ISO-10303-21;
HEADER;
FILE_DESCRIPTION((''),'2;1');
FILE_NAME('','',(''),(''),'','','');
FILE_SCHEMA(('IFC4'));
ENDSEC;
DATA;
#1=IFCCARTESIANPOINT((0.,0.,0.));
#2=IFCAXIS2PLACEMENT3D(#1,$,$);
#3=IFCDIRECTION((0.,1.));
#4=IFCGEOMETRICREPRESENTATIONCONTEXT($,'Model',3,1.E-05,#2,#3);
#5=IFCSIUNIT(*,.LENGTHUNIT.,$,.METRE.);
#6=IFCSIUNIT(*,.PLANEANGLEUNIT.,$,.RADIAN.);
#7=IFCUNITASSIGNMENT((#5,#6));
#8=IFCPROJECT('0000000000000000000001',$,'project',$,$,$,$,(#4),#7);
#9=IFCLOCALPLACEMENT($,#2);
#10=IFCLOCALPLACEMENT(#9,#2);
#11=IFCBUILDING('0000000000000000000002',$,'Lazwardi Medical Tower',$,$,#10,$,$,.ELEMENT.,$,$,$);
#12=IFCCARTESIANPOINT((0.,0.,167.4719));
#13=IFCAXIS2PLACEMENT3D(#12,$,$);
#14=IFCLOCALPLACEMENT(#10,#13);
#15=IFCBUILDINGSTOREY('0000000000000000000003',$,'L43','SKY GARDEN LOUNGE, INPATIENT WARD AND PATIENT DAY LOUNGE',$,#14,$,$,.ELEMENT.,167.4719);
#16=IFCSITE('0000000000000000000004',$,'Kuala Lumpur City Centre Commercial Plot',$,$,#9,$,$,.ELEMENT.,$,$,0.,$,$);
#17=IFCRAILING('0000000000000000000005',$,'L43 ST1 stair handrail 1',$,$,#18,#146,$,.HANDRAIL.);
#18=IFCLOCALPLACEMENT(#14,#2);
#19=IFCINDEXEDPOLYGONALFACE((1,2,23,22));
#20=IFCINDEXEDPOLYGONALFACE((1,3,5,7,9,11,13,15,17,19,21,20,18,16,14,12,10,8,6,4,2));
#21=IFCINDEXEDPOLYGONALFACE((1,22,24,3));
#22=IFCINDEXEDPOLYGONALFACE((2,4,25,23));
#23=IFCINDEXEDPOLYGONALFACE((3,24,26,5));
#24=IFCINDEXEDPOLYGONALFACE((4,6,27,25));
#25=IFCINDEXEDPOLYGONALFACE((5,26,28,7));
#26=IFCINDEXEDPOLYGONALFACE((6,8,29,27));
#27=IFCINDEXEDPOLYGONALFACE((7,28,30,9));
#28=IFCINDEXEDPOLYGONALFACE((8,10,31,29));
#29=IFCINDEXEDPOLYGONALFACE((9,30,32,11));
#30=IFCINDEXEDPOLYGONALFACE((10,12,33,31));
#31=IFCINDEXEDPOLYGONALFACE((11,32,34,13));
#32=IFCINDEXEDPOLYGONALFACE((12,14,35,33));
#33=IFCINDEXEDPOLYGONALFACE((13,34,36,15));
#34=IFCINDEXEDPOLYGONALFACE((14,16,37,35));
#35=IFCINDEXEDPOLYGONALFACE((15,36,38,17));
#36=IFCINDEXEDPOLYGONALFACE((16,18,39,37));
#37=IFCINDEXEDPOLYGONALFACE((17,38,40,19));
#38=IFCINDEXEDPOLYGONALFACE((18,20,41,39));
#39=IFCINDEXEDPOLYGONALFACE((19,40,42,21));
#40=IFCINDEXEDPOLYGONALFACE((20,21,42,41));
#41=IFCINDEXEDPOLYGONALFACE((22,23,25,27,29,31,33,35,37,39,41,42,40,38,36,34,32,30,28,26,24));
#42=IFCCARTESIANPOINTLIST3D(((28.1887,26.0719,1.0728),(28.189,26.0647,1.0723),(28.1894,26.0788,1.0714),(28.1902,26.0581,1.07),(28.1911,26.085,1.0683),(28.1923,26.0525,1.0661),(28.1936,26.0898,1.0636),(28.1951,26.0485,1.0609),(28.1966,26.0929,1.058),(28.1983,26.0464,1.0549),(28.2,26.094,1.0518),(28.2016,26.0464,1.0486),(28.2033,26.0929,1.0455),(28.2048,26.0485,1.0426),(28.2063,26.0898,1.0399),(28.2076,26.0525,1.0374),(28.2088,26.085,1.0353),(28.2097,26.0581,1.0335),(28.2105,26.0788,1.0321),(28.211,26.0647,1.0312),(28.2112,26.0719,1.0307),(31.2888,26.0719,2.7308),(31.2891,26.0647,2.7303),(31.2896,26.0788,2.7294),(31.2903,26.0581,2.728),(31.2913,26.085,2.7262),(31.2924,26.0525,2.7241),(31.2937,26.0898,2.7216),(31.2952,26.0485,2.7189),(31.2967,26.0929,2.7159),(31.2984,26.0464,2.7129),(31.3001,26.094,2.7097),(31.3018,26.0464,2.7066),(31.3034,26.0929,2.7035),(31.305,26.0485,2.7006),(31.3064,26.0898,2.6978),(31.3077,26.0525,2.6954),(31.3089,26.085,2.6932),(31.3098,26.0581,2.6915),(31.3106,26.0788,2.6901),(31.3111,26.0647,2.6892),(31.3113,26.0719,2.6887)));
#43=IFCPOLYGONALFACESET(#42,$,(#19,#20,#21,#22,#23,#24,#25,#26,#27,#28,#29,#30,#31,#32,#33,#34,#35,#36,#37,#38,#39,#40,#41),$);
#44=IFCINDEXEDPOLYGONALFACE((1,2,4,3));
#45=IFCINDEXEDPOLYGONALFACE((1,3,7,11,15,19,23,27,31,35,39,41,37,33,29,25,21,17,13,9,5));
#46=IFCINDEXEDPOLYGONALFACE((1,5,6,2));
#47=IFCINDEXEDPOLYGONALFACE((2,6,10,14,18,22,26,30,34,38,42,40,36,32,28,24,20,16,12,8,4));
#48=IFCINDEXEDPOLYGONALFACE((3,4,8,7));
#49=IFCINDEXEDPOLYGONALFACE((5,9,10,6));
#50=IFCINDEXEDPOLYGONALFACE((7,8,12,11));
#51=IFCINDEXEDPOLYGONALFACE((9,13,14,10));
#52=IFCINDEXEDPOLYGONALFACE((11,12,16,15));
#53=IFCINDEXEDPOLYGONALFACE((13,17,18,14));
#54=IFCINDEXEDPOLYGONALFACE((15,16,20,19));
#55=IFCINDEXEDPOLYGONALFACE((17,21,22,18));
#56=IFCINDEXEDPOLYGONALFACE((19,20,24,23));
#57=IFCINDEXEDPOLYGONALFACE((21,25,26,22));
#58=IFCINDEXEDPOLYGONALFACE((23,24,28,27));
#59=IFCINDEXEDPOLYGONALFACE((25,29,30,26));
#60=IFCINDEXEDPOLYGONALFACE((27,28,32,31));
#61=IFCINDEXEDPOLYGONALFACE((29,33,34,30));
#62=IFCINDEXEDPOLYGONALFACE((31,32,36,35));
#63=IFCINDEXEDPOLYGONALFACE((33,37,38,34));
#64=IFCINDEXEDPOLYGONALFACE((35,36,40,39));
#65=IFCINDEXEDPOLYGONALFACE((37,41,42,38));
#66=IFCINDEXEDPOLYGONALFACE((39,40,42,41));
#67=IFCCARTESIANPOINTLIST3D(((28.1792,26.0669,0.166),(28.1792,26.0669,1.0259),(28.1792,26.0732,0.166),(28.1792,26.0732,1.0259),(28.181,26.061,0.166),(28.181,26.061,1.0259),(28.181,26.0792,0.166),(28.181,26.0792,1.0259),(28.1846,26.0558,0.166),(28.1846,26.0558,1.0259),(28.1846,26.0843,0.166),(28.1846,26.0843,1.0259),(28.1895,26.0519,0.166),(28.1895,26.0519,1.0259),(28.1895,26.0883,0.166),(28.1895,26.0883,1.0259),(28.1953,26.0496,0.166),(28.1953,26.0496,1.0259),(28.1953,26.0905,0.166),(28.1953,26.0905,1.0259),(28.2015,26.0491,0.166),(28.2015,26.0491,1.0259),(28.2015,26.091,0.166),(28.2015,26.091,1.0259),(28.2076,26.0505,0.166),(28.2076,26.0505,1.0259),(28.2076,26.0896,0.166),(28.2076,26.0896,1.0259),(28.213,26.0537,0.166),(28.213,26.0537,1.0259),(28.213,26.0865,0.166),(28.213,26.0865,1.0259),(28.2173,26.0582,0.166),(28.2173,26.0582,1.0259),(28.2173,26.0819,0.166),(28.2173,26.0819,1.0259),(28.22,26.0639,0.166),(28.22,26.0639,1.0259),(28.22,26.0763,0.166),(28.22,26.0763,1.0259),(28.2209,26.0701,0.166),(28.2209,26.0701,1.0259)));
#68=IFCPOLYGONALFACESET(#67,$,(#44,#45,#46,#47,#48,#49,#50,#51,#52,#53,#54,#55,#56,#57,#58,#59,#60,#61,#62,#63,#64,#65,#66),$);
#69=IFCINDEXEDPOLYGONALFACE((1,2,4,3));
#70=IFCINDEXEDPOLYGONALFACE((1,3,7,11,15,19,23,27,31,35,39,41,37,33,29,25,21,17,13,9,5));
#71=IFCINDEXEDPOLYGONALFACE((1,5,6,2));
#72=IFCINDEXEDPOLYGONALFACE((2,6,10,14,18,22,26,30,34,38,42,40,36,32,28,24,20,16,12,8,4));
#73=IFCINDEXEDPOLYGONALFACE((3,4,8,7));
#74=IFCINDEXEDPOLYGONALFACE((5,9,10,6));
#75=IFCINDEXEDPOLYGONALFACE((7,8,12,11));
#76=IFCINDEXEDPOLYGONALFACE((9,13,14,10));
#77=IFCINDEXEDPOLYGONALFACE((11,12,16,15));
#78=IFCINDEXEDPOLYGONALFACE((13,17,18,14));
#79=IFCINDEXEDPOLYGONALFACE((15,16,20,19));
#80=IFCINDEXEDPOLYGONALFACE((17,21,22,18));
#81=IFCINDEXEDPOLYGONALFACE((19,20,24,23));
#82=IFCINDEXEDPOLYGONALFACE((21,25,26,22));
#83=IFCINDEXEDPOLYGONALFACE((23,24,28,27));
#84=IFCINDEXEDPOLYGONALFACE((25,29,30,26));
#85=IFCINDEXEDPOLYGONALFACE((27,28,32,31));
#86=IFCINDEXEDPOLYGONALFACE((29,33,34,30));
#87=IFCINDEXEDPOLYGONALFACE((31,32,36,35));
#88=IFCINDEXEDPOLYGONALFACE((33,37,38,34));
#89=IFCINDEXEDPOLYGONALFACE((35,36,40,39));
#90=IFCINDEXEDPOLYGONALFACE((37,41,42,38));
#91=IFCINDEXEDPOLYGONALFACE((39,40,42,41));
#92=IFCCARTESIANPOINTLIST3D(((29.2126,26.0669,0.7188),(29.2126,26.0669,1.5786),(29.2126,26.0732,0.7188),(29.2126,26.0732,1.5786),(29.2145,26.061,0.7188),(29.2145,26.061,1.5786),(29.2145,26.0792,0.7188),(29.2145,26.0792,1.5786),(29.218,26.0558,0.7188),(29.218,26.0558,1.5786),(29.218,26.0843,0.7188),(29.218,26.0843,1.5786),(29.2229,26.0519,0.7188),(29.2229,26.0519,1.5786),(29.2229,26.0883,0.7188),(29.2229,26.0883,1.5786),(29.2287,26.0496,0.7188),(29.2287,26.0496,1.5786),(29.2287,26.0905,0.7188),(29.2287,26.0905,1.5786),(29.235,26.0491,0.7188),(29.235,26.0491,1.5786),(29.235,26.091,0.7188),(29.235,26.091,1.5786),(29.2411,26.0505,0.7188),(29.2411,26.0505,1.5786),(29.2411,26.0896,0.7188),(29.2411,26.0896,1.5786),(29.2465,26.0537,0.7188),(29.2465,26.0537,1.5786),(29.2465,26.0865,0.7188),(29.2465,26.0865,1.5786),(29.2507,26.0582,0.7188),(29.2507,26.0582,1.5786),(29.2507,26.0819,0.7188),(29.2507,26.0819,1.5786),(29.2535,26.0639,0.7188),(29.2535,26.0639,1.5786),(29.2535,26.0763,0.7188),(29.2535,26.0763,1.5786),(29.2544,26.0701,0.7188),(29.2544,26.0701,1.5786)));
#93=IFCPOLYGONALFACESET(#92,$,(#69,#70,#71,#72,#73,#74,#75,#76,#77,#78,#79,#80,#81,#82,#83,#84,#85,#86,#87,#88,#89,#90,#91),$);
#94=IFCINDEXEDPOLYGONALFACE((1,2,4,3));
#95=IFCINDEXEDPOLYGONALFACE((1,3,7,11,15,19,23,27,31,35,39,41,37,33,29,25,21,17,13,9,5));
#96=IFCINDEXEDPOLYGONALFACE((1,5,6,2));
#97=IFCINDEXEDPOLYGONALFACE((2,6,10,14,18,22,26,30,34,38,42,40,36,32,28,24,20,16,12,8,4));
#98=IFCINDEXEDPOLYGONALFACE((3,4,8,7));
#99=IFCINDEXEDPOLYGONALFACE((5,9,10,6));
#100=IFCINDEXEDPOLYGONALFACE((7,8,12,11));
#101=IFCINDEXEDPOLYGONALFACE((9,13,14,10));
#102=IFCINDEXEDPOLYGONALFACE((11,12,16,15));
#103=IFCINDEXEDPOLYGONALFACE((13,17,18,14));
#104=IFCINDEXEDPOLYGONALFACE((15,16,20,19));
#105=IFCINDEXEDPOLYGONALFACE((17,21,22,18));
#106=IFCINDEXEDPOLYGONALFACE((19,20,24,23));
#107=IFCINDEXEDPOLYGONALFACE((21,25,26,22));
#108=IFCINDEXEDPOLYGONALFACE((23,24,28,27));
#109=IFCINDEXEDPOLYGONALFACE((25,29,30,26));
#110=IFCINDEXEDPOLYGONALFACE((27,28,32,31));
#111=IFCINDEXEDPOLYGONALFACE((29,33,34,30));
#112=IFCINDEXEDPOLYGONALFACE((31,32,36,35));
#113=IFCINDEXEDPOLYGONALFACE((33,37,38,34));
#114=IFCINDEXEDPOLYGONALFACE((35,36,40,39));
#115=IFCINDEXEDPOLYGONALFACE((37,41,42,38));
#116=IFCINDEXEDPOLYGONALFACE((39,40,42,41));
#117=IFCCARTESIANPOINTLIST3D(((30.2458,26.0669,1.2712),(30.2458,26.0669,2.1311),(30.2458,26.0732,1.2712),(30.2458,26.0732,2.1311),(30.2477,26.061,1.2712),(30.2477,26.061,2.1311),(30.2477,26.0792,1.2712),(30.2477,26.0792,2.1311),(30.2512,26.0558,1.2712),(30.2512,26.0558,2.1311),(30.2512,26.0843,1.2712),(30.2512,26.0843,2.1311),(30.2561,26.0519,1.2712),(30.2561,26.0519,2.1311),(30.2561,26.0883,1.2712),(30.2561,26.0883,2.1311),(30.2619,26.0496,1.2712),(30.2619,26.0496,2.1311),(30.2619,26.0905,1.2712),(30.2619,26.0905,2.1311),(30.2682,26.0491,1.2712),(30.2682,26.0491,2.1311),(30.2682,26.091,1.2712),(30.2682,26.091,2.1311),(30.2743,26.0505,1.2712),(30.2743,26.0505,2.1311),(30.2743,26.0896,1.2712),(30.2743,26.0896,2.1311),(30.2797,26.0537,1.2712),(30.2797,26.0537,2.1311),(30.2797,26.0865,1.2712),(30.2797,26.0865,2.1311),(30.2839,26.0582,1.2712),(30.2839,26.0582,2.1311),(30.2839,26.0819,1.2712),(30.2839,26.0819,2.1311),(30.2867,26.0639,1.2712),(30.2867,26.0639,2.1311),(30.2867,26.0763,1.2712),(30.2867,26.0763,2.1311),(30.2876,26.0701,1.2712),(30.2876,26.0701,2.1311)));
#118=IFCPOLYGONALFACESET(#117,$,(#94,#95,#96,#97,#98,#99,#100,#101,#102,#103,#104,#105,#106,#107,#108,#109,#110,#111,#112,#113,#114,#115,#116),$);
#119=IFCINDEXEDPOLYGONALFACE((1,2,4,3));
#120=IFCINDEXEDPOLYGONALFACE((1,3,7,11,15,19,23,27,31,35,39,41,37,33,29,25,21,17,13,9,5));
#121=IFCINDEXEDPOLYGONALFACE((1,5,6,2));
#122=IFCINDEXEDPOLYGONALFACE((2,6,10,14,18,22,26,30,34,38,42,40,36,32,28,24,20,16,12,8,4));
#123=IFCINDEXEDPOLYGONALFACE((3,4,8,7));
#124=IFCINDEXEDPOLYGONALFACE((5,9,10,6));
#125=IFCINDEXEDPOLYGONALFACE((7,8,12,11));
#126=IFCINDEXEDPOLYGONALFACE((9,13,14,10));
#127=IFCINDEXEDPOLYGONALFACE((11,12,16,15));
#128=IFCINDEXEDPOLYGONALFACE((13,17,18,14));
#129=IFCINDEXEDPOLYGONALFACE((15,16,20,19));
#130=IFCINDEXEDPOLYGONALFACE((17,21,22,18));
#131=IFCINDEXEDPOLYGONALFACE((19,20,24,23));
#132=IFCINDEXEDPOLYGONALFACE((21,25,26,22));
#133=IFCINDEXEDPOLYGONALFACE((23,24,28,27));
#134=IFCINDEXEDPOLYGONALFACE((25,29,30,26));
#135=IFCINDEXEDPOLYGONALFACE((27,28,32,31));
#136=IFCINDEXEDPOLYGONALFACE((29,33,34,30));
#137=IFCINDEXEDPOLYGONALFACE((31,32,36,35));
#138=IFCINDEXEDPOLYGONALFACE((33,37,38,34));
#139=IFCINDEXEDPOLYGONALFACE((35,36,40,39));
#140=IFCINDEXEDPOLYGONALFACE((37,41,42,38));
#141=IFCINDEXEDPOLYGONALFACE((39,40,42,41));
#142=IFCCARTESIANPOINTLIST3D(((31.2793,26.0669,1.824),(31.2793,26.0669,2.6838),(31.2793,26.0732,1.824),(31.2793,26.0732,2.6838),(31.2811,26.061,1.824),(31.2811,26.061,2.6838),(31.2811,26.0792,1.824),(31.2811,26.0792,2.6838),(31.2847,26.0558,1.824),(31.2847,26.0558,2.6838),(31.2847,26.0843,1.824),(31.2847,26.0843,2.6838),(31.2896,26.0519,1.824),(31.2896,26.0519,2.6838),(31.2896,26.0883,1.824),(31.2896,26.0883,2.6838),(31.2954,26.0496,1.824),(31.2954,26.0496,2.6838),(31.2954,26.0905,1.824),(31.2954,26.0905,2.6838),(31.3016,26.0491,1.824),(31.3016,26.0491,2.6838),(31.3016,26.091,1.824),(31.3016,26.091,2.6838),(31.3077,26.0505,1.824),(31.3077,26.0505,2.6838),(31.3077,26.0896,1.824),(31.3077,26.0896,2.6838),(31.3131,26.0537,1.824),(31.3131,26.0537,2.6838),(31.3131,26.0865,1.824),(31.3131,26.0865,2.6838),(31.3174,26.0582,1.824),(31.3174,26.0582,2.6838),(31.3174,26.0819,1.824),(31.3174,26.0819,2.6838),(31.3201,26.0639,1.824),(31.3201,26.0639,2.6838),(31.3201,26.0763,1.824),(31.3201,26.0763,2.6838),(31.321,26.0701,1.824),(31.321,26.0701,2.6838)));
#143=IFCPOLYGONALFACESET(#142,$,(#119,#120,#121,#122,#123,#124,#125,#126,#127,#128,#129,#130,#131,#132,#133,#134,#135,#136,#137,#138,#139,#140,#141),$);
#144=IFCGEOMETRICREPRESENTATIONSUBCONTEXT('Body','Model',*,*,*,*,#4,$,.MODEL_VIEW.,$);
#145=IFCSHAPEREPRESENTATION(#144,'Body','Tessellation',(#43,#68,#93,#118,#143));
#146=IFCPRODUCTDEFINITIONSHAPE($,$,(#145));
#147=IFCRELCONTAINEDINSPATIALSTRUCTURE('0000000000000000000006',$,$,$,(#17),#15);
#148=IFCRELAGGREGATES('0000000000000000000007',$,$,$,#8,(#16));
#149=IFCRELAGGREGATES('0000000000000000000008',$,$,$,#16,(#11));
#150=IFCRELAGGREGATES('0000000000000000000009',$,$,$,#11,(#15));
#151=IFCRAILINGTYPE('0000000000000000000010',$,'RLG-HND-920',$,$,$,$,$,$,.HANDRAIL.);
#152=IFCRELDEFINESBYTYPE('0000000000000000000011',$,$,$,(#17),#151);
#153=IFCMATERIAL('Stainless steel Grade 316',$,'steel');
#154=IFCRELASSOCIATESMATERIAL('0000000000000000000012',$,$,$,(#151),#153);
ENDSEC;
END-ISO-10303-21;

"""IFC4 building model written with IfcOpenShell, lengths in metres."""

from ifc_helpers import new_model, si_unit, direction, frame, origin, origin_2d, place, context, subcontext, project, spatial, circle, extrude, material, type_object, element, save


model = new_model("IFC4")

# Units and contexts
model_context = context("Model", 3, precision=1e-05, world=origin(), true_north=direction((0.0, 1.0)))
body_context = subcontext(model_context, "Body", "Model", "MODEL_VIEW")
ifc_project = project(units=[si_unit("LENGTHUNIT", "METRE"), si_unit("PLANEANGLEUNIT", "RADIAN")], contexts=[model_context])

# Site, building, storey
site_placement = place(None, origin())
site = spatial("IfcSite", under=ifc_project, at=site_placement, Name="Kuala Lumpur City Centre Commercial Plot", CompositionType="ELEMENT", RefElevation=0.0)
building_placement = place(site_placement, origin())
building = spatial("IfcBuilding", under=site, at=building_placement, Name="Lazwardi Medical Tower", CompositionType="ELEMENT")
storey_placement = place(building_placement, frame((0.0, 0.0, 167.4719)))
storey = spatial("IfcBuildingStorey", under=building, at=storey_placement, Name="L43", Description="SKY GARDEN LOUNGE, INPATIENT WARD AND PATIENT DAY LOUNGE", CompositionType="ELEMENT", Elevation=167.4719)

# Railing
ifc_material_1 = material(Name="Stainless steel Grade 316", Category="steel")
railing_type_1 = type_object("IfcRailingType", Name="RLG-HND-920", PredefinedType="HANDRAIL", material=ifc_material_1)
railing_1_placement = place(storey_placement, frame((28.2, 26.0701, 0.166)))
element("IfcRailing", 1, at=railing_1_placement, inside=storey, type_object=railing_type_1, Name="L43 ST1 stair handrail 1", PredefinedType="HANDRAIL", context=body_context, shape_type="SweptSolid", body=[
    extrude(circle(Radius=0.0239, at=origin_2d()), frame((0.0, 0.0, 0.8857), z_axis=(0.881812, 0.0, 0.471601), x_axis=(0.0, 1.0, 0.0)), (0.0, 0.0, 1.0), 3.5156),
    extrude(circle(Radius=0.021, at=origin_2d()), origin(), (0.0, 0.0, 1.0), 0.8599),
    extrude(circle(Radius=0.021, at=origin_2d()), frame((1.0334, 0.0, 0.5527)), (0.0, 0.0, 1.0), 0.8599),
    extrude(circle(Radius=0.021, at=origin_2d()), frame((2.0667, 0.0, 1.1052)), (0.0, 0.0, 1.0), 0.8599),
    extrude(circle(Radius=0.021, at=origin_2d()), frame((3.1001, 0.0, 1.658)), (0.0, 0.0, 1.0), 0.8599),
])

save(model, "model.ifc")
